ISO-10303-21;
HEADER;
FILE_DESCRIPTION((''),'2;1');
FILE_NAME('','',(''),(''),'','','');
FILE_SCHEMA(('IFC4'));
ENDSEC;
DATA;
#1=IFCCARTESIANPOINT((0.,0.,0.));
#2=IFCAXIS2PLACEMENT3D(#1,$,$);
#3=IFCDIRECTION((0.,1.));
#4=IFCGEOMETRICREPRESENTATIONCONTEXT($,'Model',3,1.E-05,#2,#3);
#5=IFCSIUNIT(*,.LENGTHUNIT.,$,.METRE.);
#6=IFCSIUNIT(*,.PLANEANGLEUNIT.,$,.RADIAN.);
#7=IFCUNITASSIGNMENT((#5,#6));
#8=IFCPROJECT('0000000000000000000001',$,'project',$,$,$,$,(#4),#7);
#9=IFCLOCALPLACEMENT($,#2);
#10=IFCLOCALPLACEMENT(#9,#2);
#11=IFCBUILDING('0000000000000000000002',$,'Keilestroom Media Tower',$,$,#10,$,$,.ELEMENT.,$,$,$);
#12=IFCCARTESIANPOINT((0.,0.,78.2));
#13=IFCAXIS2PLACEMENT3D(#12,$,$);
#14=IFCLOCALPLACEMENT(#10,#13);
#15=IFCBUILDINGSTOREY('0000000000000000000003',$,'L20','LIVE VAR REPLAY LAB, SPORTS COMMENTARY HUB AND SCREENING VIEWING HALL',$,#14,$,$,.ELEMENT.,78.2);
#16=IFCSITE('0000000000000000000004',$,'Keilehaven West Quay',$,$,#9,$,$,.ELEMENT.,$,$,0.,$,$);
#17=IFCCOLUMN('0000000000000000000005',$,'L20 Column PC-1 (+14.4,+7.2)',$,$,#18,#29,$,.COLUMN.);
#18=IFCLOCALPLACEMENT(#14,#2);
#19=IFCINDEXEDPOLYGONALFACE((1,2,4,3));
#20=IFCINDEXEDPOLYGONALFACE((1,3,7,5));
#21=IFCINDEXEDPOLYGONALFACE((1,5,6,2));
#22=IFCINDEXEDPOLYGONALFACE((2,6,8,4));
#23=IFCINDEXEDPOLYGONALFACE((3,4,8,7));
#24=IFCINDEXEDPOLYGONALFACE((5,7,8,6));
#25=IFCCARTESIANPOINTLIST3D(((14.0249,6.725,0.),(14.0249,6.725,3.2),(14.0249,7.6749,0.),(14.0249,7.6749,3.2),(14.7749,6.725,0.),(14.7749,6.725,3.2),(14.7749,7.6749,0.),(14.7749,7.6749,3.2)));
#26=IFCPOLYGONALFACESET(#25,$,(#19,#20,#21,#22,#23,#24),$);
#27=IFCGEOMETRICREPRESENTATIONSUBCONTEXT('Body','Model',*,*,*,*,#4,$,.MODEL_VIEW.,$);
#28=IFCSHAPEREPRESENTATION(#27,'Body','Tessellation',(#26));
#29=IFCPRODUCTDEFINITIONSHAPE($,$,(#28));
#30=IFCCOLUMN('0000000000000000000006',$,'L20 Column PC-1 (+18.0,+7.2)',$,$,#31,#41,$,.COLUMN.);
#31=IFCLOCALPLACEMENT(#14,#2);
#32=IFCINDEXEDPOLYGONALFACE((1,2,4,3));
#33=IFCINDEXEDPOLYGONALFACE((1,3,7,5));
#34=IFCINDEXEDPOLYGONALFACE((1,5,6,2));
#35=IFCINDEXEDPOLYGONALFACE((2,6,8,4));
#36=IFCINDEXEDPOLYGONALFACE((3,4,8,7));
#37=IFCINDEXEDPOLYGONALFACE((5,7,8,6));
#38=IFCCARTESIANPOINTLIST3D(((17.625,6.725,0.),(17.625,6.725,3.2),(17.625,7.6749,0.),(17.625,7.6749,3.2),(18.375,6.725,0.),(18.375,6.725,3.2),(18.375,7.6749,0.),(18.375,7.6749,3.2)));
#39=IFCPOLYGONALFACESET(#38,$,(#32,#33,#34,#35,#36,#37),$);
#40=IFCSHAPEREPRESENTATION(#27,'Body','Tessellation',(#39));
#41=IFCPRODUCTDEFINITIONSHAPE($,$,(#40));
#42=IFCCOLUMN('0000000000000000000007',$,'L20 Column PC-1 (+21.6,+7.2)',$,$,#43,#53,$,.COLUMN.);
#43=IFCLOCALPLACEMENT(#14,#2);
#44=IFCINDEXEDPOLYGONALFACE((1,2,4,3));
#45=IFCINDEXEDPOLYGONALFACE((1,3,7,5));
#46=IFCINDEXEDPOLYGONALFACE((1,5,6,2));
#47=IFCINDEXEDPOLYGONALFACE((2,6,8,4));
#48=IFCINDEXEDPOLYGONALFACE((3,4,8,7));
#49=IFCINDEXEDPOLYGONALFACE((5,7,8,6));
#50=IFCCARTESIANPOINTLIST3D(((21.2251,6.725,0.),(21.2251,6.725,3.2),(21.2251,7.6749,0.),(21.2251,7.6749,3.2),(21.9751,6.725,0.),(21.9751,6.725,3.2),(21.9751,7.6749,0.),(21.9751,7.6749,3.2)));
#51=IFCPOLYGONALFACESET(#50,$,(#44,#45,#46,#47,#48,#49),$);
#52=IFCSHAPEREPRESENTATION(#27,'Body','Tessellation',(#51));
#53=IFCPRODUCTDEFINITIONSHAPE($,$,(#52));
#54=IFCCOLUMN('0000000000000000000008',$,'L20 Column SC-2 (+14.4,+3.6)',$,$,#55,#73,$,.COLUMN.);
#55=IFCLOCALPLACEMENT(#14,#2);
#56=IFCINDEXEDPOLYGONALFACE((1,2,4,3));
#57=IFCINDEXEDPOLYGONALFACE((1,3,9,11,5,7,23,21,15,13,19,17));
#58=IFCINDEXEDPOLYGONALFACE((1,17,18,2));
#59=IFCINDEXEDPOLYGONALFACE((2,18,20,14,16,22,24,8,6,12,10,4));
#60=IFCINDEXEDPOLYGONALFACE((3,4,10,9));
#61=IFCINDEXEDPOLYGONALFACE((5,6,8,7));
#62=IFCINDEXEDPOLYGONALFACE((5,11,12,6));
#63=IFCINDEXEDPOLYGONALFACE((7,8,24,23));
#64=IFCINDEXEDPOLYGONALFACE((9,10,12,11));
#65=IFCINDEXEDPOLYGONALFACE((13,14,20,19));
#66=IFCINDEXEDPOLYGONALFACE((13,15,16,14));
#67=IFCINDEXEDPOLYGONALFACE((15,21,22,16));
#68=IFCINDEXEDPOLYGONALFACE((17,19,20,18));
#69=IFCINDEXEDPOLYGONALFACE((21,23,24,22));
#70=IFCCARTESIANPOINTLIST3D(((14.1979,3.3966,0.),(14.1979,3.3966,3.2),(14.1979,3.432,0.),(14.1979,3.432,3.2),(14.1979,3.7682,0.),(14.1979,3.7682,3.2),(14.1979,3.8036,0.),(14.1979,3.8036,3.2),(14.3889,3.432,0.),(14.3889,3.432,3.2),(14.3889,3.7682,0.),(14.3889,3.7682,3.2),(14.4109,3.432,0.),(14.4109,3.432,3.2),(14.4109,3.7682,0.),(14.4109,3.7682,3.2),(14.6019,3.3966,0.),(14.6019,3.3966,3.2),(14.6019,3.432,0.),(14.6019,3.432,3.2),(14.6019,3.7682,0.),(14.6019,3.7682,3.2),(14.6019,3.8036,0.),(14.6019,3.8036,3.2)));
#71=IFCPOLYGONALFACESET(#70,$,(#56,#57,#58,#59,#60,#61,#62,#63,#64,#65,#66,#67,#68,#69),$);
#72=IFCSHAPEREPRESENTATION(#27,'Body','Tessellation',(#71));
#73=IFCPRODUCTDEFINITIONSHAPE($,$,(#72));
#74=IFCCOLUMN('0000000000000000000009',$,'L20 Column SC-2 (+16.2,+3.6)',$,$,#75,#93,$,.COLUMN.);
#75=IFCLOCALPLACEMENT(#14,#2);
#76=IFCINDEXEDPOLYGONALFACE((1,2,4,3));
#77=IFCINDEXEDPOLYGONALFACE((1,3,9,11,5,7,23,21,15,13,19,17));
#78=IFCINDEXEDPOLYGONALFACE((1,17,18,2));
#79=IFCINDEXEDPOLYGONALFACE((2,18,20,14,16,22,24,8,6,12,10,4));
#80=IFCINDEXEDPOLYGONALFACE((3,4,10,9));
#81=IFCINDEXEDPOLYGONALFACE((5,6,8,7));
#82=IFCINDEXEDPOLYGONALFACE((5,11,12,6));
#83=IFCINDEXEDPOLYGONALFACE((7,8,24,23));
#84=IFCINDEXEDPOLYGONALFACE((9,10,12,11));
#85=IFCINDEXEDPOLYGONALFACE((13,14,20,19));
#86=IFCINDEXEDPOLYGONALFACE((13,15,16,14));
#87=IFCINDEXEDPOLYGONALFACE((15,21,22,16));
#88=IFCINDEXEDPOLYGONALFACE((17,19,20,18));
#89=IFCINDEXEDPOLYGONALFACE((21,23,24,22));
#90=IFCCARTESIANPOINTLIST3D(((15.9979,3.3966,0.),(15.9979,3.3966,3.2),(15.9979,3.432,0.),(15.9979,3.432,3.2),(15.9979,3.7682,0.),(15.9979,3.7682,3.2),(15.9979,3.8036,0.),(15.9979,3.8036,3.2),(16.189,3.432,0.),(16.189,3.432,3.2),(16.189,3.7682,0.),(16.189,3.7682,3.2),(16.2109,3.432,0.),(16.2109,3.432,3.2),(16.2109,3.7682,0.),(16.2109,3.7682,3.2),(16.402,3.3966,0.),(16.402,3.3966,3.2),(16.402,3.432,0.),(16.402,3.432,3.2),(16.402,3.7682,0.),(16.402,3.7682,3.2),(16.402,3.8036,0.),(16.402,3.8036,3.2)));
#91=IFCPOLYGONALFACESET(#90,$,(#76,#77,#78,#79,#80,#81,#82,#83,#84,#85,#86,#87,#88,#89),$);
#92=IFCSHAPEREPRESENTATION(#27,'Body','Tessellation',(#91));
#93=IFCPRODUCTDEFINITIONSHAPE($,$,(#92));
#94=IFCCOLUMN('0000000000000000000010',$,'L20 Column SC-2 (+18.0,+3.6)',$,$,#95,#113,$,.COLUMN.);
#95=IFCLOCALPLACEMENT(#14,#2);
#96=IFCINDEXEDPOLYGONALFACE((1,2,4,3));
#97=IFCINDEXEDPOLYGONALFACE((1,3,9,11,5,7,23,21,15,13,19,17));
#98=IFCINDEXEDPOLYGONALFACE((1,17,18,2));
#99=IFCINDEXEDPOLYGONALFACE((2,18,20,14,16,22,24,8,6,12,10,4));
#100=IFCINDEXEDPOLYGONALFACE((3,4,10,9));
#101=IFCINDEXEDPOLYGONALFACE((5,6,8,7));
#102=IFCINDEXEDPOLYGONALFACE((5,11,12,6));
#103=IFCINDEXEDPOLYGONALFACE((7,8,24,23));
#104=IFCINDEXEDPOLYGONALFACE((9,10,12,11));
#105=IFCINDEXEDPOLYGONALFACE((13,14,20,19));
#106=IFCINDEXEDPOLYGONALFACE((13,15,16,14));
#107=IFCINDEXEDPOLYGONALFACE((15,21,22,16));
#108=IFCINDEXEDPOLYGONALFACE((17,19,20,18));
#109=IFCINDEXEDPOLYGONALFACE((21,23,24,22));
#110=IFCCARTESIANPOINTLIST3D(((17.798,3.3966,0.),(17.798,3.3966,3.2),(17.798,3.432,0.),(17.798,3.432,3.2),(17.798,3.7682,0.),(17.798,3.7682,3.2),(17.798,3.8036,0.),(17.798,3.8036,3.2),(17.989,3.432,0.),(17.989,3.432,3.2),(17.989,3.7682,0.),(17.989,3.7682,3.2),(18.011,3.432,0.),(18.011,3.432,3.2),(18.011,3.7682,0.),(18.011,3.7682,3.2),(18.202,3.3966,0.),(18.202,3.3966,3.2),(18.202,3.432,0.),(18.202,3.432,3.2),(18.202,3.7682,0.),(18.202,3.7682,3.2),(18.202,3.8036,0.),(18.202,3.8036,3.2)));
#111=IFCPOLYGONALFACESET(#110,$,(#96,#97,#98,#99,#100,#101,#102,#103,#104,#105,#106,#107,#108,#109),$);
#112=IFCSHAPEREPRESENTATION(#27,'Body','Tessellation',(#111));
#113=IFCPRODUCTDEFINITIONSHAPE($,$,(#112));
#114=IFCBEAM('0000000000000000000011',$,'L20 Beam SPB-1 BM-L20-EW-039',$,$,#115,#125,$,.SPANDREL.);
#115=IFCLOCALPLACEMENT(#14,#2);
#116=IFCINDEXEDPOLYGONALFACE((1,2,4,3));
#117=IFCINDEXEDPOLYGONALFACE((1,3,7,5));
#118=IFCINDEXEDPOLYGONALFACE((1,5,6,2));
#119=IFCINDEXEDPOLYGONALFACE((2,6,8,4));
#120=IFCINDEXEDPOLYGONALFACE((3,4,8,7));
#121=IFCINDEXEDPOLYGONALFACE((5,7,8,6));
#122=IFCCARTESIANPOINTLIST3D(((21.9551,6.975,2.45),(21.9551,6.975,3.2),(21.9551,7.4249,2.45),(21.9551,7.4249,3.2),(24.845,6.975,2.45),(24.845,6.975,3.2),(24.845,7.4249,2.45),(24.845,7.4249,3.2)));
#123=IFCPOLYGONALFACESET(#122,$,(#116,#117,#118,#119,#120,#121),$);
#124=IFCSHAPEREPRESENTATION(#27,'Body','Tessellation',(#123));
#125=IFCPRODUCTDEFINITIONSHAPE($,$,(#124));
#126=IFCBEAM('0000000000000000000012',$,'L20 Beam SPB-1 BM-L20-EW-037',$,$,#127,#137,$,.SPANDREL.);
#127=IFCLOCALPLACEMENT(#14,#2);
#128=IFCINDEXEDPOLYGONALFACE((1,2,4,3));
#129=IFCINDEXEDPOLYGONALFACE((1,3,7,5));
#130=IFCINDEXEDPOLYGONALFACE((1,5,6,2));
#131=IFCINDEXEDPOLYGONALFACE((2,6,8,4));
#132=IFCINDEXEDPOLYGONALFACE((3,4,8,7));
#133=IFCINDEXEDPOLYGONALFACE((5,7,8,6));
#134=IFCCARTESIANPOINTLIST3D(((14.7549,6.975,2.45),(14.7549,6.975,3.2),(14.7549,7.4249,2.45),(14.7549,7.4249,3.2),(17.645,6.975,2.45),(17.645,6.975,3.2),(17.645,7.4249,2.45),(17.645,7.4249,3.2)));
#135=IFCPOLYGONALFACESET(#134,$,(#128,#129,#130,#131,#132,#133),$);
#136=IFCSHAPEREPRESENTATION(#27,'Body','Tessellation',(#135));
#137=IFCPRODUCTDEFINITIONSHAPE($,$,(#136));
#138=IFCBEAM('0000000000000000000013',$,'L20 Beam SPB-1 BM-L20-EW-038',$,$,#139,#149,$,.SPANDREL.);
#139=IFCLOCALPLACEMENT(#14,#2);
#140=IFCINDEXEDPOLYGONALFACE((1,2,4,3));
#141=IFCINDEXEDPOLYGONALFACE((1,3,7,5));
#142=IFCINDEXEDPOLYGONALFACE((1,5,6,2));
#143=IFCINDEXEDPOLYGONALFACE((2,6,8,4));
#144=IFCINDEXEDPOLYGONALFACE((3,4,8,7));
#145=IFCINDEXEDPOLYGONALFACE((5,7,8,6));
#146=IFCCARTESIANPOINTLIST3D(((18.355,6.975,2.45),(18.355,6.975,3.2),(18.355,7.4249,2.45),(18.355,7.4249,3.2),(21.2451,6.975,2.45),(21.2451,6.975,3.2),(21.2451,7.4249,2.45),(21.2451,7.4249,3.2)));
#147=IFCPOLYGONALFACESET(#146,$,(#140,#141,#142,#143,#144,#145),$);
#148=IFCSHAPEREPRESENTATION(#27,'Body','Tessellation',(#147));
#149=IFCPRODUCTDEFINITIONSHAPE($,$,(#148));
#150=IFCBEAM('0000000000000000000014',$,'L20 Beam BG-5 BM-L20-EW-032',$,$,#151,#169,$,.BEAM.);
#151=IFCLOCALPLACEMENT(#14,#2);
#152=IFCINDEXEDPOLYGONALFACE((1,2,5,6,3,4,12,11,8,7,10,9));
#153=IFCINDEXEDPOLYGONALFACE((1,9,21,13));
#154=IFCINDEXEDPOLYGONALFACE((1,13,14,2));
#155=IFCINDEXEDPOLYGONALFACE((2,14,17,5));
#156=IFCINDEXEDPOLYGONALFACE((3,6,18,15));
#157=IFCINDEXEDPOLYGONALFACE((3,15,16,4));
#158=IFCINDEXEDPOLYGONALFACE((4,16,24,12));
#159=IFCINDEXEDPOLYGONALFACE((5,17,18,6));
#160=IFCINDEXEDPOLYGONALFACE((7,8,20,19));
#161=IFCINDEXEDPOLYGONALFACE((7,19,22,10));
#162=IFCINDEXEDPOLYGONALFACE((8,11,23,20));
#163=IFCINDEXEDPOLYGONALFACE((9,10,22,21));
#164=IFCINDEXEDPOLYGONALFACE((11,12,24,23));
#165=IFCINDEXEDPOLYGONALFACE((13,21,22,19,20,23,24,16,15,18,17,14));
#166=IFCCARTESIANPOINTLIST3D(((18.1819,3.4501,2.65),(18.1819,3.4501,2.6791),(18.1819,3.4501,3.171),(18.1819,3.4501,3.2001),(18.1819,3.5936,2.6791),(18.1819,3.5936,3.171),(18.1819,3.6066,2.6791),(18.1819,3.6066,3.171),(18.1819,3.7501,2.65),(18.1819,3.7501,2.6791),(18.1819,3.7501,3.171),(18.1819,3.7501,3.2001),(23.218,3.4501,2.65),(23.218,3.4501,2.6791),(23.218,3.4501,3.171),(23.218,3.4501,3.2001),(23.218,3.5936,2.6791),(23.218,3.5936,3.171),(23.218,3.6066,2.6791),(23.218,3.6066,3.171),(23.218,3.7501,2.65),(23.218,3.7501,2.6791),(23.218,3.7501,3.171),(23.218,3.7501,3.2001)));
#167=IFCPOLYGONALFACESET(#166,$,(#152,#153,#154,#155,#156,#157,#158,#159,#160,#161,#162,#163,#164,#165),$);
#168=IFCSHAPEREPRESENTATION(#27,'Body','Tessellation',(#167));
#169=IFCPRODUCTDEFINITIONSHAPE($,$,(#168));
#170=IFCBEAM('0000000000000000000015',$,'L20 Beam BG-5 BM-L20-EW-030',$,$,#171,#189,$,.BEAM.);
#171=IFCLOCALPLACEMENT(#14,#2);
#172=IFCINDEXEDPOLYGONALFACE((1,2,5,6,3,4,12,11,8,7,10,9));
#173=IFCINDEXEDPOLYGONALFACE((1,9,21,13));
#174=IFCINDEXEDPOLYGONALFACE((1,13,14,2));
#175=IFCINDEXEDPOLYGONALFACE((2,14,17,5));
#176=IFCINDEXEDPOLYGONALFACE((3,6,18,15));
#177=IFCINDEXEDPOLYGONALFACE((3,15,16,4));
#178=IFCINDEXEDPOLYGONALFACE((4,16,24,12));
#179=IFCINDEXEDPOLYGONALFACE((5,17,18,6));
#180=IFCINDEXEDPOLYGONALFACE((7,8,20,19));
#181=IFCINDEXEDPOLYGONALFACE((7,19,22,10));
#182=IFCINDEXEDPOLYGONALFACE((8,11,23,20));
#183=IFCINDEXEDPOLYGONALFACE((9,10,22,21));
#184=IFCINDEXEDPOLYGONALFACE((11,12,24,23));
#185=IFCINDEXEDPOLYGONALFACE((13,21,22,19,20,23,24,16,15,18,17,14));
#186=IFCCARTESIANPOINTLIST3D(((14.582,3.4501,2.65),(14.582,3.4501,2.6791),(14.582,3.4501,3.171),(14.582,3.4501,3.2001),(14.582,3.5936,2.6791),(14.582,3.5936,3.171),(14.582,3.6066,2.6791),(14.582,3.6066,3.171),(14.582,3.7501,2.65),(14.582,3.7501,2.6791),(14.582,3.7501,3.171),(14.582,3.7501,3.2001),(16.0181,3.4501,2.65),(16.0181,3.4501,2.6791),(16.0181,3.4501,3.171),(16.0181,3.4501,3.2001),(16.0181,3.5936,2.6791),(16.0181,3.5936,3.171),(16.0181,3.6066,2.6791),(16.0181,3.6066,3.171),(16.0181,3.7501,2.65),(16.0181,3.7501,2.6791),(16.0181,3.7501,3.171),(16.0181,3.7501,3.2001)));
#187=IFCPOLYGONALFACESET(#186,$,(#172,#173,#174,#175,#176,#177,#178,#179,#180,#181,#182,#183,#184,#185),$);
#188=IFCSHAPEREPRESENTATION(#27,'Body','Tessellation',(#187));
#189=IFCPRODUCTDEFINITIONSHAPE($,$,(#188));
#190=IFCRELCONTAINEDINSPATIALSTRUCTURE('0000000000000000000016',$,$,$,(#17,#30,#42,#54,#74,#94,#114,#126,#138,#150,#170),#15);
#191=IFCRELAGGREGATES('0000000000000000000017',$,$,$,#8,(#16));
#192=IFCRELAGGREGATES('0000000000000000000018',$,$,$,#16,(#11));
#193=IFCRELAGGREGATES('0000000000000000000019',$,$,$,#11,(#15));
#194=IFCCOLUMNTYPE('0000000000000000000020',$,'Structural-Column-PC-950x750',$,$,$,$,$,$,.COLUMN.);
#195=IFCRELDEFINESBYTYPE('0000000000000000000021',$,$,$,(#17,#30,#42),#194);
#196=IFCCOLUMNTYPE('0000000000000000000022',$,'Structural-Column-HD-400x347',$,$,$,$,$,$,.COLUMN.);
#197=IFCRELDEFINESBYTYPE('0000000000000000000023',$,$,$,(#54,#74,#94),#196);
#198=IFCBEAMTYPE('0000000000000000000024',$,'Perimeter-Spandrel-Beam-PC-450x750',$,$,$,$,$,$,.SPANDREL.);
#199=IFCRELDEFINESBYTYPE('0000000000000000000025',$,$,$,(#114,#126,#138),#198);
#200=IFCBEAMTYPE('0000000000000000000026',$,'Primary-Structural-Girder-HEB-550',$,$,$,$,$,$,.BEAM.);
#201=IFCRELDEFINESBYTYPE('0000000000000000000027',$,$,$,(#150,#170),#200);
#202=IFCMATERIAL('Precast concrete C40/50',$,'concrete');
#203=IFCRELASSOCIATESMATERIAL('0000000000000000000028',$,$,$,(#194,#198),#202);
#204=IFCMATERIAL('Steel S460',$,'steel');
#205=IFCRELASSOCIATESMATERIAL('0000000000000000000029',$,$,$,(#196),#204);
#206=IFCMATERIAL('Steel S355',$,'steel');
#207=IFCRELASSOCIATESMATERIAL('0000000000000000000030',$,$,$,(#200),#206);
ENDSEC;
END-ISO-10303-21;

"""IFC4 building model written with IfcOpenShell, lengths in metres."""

from ifc_helpers import new_model, si_unit, direction, frame, origin, origin_2d, place, context, subcontext, project, spatial, rectangle, i_section, extrude, source, transform, mapped, material, material_profile, profile_set, type_object, element, save


model = new_model("IFC4")

# Units and contexts
model_context = context("Model", 3, precision=1e-05, world=origin(), true_north=direction((0.0, 1.0)))
body_context = subcontext(model_context, "Body", "Model", "MODEL_VIEW")
ifc_project = project(units=[si_unit("LENGTHUNIT", "METRE"), si_unit("PLANEANGLEUNIT", "RADIAN")], contexts=[model_context])

# Site, building, storey
site_placement = place(None, origin())
site = spatial("IfcSite", under=ifc_project, at=site_placement, Name="Keilehaven West Quay", CompositionType="ELEMENT", RefElevation=0.0)
building_placement = place(site_placement, origin())
building = spatial("IfcBuilding", under=site, at=building_placement, Name="Keilestroom Media Tower", CompositionType="ELEMENT")
storey_placement = place(building_placement, frame((0.0, 0.0, 78.2)))
storey = spatial("IfcBuildingStorey", under=building, at=storey_placement, Name="L20", Description="LIVE VAR REPLAY LAB, SPORTS COMMENTARY HUB AND SCREENING VIEWING HALL", CompositionType="ELEMENT", Elevation=78.2)

# Columns
ifc_material_1 = material(Name="Precast concrete C40/50", Category="concrete")
ifc_material_profile_1 = material_profile(ifc_material_1, rectangle(XDim=0.75, YDim=0.95, at=origin_2d()), Name="PC 950x750")
ifc_profile_set_1 = profile_set([ifc_material_profile_1], Name="Precast concrete C40/50")
column_type_1 = type_object("IfcColumnType", Name="Structural-Column-PC-950x750", PredefinedType="COLUMN", material=ifc_profile_set_1)
shared_shape_1 = source(origin(), body_context, "Body", "SweptSolid", [
    extrude(rectangle(XDim=0.75, YDim=0.95, at=origin_2d()), origin(), (0.0, 0.0, 1.0), 3.2),
])
for number, where, z_axis, x_axis, name in (
    (1, (14.3999, 7.2, 0.0), (0.0, 0.0, 1.0), (1.0, 0.0, 0.0), "L20 Column PC-1 (+14.4,+7.2)"),
    (2, (18.0, 7.2, 0.0), (0.0, 0.0, 1.0), (1.0, 0.0, 0.0), "L20 Column PC-1 (+18.0,+7.2)"),
    (3, (21.6001, 7.2, 0.0), (0.0, 0.0, 1.0), (1.0, 0.0, 0.0), "L20 Column PC-1 (+21.6,+7.2)"),
):
    element("IfcColumn", number, at=place(storey_placement, frame(where, z_axis=z_axis, x_axis=x_axis)), inside=storey, type_object=column_type_1, Name=name, PredefinedType="COLUMN", context=body_context, shape_type="MappedRepresentation", body=[
        mapped(shared_shape_1, transform((0.0, 0.0, 0.0), x_axis=(1.0, 0.0, 0.0), y_axis=(0.0, 1.0, 0.0), z_axis=(0.0, 0.0, 1.0), scale=1.0)),
    ])
ifc_material_2 = material(Name="Steel S460", Category="steel")
ifc_material_profile_2 = material_profile(ifc_material_2, i_section(OverallWidth=0.4041, OverallDepth=0.407, WebThickness=0.022, FlangeThickness=0.0354, at=origin_2d()), Name="HD 400x347")
ifc_profile_set_2 = profile_set([ifc_material_profile_2], Name="Steel S460")
column_type_2 = type_object("IfcColumnType", Name="Structural-Column-HD-400x347", PredefinedType="COLUMN", material=ifc_profile_set_2)
shared_shape_2 = source(origin(), body_context, "Body", "SweptSolid", [
    extrude(i_section(OverallWidth=0.4041, OverallDepth=0.407, WebThickness=0.022, FlangeThickness=0.0354, at=origin_2d()), origin(), (0.0, 0.0, 1.0), 3.2),
])
for number, where, z_axis, x_axis, name in (
    (4, (14.3999, 3.6001, 0.0), (0.0, 0.0, 1.0), (1.0, 0.0, 0.0), "L20 Column SC-2 (+14.4,+3.6)"),
    (5, (16.2, 3.6001, 0.0), (0.0, 0.0, 1.0), (1.0, 0.0, 0.0), "L20 Column SC-2 (+16.2,+3.6)"),
    (6, (18.0, 3.6001, 0.0), (0.0, 0.0, 1.0), (1.0, 0.0, 0.0), "L20 Column SC-2 (+18.0,+3.6)"),
):
    element("IfcColumn", number, at=place(storey_placement, frame(where, z_axis=z_axis, x_axis=x_axis)), inside=storey, type_object=column_type_2, Name=name, PredefinedType="COLUMN", context=body_context, shape_type="MappedRepresentation", body=[
        mapped(shared_shape_2, transform((0.0, 0.0, 0.0), x_axis=(1.0, 0.0, 0.0), y_axis=(0.0, 1.0, 0.0), z_axis=(0.0, 0.0, 1.0), scale=1.0)),
    ])

# Beams
ifc_material_profile_3 = material_profile(ifc_material_1, rectangle(XDim=0.45, YDim=0.75, at=origin_2d()), Name="PC 450x750")
ifc_profile_set_3 = profile_set([ifc_material_profile_3], Name="Precast concrete C40/50")
beam_type_1 = type_object("IfcBeamType", Name="Perimeter-Spandrel-Beam-PC-450x750", PredefinedType="SPANDREL", material=ifc_profile_set_3)
shared_shape_3 = source(origin(), body_context, "Body", "SweptSolid", [
    extrude(rectangle(XDim=0.45, YDim=0.75, at=origin_2d()), origin(), (0.0, 0.0, 1.0), 2.8899),
])
beam_1_placement = place(storey_placement, frame((21.9551, 7.2, 2.825), z_axis=(1.0, 0.0, 0.0), x_axis=(0.0, 1.0, 0.0)))
element("IfcBeam", 7, at=beam_1_placement, inside=storey, type_object=beam_type_1, Name="L20 Beam SPB-1 BM-L20-EW-039", PredefinedType="SPANDREL", context=body_context, shape_type="MappedRepresentation", body=[
    mapped(shared_shape_3, transform((0.0, 0.0, 0.0), x_axis=(1.0, 0.0, 0.0), y_axis=(0.0, 1.0, 0.0), z_axis=(0.0, 0.0, 1.0), scale=1.0)),
])
shared_shape_4 = source(origin(), body_context, "Body", "SweptSolid", [
    extrude(rectangle(XDim=0.45, YDim=0.75, at=origin_2d()), origin(), (0.0, 0.0, 1.0), 2.8901),
])
for number, where, z_axis, x_axis, name in (
    (8, (14.7549, 7.2, 2.825), (1.0, 0.0, 0.0), (0.0, 1.0, 0.0), "L20 Beam SPB-1 BM-L20-EW-037"),
    (9, (18.355, 7.2, 2.825), (1.0, 0.0, 0.0), (0.0, 1.0, 0.0), "L20 Beam SPB-1 BM-L20-EW-038"),
):
    element("IfcBeam", number, at=place(storey_placement, frame(where, z_axis=z_axis, x_axis=x_axis)), inside=storey, type_object=beam_type_1, Name=name, PredefinedType="SPANDREL", context=body_context, shape_type="MappedRepresentation", body=[
        mapped(shared_shape_4, transform((0.0, 0.0, 0.0), x_axis=(1.0, 0.0, 0.0), y_axis=(0.0, 1.0, 0.0), z_axis=(0.0, 0.0, 1.0), scale=1.0)),
    ])
ifc_material_3 = material(Name="Steel S355", Category="steel")
ifc_material_profile_4 = material_profile(ifc_material_3, i_section(OverallWidth=0.3, OverallDepth=0.55, WebThickness=0.0129, FlangeThickness=0.0291, at=origin_2d()), Name="HEB 550")
ifc_profile_set_4 = profile_set([ifc_material_profile_4], Name="Steel S355")
beam_type_2 = type_object("IfcBeamType", Name="Primary-Structural-Girder-HEB-550", PredefinedType="BEAM", material=ifc_profile_set_4)
shared_shape_5 = source(origin(), body_context, "Body", "SweptSolid", [
    extrude(i_section(OverallWidth=0.3, OverallDepth=0.55, WebThickness=0.0129, FlangeThickness=0.0291, at=origin_2d()), origin(), (0.0, 0.0, 1.0), 5.0361),
])
beam_2_placement = place(storey_placement, frame((18.1819, 3.6001, 2.925), z_axis=(1.0, 0.0, 0.0), x_axis=(0.0, 1.0, 0.0)))
element("IfcBeam", 10, at=beam_2_placement, inside=storey, type_object=beam_type_2, Name="L20 Beam BG-5 BM-L20-EW-032", PredefinedType="BEAM", context=body_context, shape_type="MappedRepresentation", body=[
    mapped(shared_shape_5, transform((0.0, 0.0, 0.0), x_axis=(1.0, 0.0, 0.0), y_axis=(0.0, 1.0, 0.0), z_axis=(0.0, 0.0, 1.0), scale=1.0)),
])
shared_shape_6 = source(origin(), body_context, "Body", "SweptSolid", [
    extrude(i_section(OverallWidth=0.3, OverallDepth=0.55, WebThickness=0.0129, FlangeThickness=0.0291, at=origin_2d()), origin(), (0.0, 0.0, 1.0), 1.436),
])
for number, where, z_axis, x_axis, name in (
    (11, (14.582, 3.6001, 2.925), (1.0, 0.0, 0.0), (0.0, 1.0, 0.0), "L20 Beam BG-5 BM-L20-EW-030"),
):
    element("IfcBeam", number, at=place(storey_placement, frame(where, z_axis=z_axis, x_axis=x_axis)), inside=storey, type_object=beam_type_2, Name=name, PredefinedType="BEAM", context=body_context, shape_type="MappedRepresentation", body=[
        mapped(shared_shape_6, transform((0.0, 0.0, 0.0), x_axis=(1.0, 0.0, 0.0), y_axis=(0.0, 1.0, 0.0), z_axis=(0.0, 0.0, 1.0), scale=1.0)),
    ])

save(model, "model.ifc")
